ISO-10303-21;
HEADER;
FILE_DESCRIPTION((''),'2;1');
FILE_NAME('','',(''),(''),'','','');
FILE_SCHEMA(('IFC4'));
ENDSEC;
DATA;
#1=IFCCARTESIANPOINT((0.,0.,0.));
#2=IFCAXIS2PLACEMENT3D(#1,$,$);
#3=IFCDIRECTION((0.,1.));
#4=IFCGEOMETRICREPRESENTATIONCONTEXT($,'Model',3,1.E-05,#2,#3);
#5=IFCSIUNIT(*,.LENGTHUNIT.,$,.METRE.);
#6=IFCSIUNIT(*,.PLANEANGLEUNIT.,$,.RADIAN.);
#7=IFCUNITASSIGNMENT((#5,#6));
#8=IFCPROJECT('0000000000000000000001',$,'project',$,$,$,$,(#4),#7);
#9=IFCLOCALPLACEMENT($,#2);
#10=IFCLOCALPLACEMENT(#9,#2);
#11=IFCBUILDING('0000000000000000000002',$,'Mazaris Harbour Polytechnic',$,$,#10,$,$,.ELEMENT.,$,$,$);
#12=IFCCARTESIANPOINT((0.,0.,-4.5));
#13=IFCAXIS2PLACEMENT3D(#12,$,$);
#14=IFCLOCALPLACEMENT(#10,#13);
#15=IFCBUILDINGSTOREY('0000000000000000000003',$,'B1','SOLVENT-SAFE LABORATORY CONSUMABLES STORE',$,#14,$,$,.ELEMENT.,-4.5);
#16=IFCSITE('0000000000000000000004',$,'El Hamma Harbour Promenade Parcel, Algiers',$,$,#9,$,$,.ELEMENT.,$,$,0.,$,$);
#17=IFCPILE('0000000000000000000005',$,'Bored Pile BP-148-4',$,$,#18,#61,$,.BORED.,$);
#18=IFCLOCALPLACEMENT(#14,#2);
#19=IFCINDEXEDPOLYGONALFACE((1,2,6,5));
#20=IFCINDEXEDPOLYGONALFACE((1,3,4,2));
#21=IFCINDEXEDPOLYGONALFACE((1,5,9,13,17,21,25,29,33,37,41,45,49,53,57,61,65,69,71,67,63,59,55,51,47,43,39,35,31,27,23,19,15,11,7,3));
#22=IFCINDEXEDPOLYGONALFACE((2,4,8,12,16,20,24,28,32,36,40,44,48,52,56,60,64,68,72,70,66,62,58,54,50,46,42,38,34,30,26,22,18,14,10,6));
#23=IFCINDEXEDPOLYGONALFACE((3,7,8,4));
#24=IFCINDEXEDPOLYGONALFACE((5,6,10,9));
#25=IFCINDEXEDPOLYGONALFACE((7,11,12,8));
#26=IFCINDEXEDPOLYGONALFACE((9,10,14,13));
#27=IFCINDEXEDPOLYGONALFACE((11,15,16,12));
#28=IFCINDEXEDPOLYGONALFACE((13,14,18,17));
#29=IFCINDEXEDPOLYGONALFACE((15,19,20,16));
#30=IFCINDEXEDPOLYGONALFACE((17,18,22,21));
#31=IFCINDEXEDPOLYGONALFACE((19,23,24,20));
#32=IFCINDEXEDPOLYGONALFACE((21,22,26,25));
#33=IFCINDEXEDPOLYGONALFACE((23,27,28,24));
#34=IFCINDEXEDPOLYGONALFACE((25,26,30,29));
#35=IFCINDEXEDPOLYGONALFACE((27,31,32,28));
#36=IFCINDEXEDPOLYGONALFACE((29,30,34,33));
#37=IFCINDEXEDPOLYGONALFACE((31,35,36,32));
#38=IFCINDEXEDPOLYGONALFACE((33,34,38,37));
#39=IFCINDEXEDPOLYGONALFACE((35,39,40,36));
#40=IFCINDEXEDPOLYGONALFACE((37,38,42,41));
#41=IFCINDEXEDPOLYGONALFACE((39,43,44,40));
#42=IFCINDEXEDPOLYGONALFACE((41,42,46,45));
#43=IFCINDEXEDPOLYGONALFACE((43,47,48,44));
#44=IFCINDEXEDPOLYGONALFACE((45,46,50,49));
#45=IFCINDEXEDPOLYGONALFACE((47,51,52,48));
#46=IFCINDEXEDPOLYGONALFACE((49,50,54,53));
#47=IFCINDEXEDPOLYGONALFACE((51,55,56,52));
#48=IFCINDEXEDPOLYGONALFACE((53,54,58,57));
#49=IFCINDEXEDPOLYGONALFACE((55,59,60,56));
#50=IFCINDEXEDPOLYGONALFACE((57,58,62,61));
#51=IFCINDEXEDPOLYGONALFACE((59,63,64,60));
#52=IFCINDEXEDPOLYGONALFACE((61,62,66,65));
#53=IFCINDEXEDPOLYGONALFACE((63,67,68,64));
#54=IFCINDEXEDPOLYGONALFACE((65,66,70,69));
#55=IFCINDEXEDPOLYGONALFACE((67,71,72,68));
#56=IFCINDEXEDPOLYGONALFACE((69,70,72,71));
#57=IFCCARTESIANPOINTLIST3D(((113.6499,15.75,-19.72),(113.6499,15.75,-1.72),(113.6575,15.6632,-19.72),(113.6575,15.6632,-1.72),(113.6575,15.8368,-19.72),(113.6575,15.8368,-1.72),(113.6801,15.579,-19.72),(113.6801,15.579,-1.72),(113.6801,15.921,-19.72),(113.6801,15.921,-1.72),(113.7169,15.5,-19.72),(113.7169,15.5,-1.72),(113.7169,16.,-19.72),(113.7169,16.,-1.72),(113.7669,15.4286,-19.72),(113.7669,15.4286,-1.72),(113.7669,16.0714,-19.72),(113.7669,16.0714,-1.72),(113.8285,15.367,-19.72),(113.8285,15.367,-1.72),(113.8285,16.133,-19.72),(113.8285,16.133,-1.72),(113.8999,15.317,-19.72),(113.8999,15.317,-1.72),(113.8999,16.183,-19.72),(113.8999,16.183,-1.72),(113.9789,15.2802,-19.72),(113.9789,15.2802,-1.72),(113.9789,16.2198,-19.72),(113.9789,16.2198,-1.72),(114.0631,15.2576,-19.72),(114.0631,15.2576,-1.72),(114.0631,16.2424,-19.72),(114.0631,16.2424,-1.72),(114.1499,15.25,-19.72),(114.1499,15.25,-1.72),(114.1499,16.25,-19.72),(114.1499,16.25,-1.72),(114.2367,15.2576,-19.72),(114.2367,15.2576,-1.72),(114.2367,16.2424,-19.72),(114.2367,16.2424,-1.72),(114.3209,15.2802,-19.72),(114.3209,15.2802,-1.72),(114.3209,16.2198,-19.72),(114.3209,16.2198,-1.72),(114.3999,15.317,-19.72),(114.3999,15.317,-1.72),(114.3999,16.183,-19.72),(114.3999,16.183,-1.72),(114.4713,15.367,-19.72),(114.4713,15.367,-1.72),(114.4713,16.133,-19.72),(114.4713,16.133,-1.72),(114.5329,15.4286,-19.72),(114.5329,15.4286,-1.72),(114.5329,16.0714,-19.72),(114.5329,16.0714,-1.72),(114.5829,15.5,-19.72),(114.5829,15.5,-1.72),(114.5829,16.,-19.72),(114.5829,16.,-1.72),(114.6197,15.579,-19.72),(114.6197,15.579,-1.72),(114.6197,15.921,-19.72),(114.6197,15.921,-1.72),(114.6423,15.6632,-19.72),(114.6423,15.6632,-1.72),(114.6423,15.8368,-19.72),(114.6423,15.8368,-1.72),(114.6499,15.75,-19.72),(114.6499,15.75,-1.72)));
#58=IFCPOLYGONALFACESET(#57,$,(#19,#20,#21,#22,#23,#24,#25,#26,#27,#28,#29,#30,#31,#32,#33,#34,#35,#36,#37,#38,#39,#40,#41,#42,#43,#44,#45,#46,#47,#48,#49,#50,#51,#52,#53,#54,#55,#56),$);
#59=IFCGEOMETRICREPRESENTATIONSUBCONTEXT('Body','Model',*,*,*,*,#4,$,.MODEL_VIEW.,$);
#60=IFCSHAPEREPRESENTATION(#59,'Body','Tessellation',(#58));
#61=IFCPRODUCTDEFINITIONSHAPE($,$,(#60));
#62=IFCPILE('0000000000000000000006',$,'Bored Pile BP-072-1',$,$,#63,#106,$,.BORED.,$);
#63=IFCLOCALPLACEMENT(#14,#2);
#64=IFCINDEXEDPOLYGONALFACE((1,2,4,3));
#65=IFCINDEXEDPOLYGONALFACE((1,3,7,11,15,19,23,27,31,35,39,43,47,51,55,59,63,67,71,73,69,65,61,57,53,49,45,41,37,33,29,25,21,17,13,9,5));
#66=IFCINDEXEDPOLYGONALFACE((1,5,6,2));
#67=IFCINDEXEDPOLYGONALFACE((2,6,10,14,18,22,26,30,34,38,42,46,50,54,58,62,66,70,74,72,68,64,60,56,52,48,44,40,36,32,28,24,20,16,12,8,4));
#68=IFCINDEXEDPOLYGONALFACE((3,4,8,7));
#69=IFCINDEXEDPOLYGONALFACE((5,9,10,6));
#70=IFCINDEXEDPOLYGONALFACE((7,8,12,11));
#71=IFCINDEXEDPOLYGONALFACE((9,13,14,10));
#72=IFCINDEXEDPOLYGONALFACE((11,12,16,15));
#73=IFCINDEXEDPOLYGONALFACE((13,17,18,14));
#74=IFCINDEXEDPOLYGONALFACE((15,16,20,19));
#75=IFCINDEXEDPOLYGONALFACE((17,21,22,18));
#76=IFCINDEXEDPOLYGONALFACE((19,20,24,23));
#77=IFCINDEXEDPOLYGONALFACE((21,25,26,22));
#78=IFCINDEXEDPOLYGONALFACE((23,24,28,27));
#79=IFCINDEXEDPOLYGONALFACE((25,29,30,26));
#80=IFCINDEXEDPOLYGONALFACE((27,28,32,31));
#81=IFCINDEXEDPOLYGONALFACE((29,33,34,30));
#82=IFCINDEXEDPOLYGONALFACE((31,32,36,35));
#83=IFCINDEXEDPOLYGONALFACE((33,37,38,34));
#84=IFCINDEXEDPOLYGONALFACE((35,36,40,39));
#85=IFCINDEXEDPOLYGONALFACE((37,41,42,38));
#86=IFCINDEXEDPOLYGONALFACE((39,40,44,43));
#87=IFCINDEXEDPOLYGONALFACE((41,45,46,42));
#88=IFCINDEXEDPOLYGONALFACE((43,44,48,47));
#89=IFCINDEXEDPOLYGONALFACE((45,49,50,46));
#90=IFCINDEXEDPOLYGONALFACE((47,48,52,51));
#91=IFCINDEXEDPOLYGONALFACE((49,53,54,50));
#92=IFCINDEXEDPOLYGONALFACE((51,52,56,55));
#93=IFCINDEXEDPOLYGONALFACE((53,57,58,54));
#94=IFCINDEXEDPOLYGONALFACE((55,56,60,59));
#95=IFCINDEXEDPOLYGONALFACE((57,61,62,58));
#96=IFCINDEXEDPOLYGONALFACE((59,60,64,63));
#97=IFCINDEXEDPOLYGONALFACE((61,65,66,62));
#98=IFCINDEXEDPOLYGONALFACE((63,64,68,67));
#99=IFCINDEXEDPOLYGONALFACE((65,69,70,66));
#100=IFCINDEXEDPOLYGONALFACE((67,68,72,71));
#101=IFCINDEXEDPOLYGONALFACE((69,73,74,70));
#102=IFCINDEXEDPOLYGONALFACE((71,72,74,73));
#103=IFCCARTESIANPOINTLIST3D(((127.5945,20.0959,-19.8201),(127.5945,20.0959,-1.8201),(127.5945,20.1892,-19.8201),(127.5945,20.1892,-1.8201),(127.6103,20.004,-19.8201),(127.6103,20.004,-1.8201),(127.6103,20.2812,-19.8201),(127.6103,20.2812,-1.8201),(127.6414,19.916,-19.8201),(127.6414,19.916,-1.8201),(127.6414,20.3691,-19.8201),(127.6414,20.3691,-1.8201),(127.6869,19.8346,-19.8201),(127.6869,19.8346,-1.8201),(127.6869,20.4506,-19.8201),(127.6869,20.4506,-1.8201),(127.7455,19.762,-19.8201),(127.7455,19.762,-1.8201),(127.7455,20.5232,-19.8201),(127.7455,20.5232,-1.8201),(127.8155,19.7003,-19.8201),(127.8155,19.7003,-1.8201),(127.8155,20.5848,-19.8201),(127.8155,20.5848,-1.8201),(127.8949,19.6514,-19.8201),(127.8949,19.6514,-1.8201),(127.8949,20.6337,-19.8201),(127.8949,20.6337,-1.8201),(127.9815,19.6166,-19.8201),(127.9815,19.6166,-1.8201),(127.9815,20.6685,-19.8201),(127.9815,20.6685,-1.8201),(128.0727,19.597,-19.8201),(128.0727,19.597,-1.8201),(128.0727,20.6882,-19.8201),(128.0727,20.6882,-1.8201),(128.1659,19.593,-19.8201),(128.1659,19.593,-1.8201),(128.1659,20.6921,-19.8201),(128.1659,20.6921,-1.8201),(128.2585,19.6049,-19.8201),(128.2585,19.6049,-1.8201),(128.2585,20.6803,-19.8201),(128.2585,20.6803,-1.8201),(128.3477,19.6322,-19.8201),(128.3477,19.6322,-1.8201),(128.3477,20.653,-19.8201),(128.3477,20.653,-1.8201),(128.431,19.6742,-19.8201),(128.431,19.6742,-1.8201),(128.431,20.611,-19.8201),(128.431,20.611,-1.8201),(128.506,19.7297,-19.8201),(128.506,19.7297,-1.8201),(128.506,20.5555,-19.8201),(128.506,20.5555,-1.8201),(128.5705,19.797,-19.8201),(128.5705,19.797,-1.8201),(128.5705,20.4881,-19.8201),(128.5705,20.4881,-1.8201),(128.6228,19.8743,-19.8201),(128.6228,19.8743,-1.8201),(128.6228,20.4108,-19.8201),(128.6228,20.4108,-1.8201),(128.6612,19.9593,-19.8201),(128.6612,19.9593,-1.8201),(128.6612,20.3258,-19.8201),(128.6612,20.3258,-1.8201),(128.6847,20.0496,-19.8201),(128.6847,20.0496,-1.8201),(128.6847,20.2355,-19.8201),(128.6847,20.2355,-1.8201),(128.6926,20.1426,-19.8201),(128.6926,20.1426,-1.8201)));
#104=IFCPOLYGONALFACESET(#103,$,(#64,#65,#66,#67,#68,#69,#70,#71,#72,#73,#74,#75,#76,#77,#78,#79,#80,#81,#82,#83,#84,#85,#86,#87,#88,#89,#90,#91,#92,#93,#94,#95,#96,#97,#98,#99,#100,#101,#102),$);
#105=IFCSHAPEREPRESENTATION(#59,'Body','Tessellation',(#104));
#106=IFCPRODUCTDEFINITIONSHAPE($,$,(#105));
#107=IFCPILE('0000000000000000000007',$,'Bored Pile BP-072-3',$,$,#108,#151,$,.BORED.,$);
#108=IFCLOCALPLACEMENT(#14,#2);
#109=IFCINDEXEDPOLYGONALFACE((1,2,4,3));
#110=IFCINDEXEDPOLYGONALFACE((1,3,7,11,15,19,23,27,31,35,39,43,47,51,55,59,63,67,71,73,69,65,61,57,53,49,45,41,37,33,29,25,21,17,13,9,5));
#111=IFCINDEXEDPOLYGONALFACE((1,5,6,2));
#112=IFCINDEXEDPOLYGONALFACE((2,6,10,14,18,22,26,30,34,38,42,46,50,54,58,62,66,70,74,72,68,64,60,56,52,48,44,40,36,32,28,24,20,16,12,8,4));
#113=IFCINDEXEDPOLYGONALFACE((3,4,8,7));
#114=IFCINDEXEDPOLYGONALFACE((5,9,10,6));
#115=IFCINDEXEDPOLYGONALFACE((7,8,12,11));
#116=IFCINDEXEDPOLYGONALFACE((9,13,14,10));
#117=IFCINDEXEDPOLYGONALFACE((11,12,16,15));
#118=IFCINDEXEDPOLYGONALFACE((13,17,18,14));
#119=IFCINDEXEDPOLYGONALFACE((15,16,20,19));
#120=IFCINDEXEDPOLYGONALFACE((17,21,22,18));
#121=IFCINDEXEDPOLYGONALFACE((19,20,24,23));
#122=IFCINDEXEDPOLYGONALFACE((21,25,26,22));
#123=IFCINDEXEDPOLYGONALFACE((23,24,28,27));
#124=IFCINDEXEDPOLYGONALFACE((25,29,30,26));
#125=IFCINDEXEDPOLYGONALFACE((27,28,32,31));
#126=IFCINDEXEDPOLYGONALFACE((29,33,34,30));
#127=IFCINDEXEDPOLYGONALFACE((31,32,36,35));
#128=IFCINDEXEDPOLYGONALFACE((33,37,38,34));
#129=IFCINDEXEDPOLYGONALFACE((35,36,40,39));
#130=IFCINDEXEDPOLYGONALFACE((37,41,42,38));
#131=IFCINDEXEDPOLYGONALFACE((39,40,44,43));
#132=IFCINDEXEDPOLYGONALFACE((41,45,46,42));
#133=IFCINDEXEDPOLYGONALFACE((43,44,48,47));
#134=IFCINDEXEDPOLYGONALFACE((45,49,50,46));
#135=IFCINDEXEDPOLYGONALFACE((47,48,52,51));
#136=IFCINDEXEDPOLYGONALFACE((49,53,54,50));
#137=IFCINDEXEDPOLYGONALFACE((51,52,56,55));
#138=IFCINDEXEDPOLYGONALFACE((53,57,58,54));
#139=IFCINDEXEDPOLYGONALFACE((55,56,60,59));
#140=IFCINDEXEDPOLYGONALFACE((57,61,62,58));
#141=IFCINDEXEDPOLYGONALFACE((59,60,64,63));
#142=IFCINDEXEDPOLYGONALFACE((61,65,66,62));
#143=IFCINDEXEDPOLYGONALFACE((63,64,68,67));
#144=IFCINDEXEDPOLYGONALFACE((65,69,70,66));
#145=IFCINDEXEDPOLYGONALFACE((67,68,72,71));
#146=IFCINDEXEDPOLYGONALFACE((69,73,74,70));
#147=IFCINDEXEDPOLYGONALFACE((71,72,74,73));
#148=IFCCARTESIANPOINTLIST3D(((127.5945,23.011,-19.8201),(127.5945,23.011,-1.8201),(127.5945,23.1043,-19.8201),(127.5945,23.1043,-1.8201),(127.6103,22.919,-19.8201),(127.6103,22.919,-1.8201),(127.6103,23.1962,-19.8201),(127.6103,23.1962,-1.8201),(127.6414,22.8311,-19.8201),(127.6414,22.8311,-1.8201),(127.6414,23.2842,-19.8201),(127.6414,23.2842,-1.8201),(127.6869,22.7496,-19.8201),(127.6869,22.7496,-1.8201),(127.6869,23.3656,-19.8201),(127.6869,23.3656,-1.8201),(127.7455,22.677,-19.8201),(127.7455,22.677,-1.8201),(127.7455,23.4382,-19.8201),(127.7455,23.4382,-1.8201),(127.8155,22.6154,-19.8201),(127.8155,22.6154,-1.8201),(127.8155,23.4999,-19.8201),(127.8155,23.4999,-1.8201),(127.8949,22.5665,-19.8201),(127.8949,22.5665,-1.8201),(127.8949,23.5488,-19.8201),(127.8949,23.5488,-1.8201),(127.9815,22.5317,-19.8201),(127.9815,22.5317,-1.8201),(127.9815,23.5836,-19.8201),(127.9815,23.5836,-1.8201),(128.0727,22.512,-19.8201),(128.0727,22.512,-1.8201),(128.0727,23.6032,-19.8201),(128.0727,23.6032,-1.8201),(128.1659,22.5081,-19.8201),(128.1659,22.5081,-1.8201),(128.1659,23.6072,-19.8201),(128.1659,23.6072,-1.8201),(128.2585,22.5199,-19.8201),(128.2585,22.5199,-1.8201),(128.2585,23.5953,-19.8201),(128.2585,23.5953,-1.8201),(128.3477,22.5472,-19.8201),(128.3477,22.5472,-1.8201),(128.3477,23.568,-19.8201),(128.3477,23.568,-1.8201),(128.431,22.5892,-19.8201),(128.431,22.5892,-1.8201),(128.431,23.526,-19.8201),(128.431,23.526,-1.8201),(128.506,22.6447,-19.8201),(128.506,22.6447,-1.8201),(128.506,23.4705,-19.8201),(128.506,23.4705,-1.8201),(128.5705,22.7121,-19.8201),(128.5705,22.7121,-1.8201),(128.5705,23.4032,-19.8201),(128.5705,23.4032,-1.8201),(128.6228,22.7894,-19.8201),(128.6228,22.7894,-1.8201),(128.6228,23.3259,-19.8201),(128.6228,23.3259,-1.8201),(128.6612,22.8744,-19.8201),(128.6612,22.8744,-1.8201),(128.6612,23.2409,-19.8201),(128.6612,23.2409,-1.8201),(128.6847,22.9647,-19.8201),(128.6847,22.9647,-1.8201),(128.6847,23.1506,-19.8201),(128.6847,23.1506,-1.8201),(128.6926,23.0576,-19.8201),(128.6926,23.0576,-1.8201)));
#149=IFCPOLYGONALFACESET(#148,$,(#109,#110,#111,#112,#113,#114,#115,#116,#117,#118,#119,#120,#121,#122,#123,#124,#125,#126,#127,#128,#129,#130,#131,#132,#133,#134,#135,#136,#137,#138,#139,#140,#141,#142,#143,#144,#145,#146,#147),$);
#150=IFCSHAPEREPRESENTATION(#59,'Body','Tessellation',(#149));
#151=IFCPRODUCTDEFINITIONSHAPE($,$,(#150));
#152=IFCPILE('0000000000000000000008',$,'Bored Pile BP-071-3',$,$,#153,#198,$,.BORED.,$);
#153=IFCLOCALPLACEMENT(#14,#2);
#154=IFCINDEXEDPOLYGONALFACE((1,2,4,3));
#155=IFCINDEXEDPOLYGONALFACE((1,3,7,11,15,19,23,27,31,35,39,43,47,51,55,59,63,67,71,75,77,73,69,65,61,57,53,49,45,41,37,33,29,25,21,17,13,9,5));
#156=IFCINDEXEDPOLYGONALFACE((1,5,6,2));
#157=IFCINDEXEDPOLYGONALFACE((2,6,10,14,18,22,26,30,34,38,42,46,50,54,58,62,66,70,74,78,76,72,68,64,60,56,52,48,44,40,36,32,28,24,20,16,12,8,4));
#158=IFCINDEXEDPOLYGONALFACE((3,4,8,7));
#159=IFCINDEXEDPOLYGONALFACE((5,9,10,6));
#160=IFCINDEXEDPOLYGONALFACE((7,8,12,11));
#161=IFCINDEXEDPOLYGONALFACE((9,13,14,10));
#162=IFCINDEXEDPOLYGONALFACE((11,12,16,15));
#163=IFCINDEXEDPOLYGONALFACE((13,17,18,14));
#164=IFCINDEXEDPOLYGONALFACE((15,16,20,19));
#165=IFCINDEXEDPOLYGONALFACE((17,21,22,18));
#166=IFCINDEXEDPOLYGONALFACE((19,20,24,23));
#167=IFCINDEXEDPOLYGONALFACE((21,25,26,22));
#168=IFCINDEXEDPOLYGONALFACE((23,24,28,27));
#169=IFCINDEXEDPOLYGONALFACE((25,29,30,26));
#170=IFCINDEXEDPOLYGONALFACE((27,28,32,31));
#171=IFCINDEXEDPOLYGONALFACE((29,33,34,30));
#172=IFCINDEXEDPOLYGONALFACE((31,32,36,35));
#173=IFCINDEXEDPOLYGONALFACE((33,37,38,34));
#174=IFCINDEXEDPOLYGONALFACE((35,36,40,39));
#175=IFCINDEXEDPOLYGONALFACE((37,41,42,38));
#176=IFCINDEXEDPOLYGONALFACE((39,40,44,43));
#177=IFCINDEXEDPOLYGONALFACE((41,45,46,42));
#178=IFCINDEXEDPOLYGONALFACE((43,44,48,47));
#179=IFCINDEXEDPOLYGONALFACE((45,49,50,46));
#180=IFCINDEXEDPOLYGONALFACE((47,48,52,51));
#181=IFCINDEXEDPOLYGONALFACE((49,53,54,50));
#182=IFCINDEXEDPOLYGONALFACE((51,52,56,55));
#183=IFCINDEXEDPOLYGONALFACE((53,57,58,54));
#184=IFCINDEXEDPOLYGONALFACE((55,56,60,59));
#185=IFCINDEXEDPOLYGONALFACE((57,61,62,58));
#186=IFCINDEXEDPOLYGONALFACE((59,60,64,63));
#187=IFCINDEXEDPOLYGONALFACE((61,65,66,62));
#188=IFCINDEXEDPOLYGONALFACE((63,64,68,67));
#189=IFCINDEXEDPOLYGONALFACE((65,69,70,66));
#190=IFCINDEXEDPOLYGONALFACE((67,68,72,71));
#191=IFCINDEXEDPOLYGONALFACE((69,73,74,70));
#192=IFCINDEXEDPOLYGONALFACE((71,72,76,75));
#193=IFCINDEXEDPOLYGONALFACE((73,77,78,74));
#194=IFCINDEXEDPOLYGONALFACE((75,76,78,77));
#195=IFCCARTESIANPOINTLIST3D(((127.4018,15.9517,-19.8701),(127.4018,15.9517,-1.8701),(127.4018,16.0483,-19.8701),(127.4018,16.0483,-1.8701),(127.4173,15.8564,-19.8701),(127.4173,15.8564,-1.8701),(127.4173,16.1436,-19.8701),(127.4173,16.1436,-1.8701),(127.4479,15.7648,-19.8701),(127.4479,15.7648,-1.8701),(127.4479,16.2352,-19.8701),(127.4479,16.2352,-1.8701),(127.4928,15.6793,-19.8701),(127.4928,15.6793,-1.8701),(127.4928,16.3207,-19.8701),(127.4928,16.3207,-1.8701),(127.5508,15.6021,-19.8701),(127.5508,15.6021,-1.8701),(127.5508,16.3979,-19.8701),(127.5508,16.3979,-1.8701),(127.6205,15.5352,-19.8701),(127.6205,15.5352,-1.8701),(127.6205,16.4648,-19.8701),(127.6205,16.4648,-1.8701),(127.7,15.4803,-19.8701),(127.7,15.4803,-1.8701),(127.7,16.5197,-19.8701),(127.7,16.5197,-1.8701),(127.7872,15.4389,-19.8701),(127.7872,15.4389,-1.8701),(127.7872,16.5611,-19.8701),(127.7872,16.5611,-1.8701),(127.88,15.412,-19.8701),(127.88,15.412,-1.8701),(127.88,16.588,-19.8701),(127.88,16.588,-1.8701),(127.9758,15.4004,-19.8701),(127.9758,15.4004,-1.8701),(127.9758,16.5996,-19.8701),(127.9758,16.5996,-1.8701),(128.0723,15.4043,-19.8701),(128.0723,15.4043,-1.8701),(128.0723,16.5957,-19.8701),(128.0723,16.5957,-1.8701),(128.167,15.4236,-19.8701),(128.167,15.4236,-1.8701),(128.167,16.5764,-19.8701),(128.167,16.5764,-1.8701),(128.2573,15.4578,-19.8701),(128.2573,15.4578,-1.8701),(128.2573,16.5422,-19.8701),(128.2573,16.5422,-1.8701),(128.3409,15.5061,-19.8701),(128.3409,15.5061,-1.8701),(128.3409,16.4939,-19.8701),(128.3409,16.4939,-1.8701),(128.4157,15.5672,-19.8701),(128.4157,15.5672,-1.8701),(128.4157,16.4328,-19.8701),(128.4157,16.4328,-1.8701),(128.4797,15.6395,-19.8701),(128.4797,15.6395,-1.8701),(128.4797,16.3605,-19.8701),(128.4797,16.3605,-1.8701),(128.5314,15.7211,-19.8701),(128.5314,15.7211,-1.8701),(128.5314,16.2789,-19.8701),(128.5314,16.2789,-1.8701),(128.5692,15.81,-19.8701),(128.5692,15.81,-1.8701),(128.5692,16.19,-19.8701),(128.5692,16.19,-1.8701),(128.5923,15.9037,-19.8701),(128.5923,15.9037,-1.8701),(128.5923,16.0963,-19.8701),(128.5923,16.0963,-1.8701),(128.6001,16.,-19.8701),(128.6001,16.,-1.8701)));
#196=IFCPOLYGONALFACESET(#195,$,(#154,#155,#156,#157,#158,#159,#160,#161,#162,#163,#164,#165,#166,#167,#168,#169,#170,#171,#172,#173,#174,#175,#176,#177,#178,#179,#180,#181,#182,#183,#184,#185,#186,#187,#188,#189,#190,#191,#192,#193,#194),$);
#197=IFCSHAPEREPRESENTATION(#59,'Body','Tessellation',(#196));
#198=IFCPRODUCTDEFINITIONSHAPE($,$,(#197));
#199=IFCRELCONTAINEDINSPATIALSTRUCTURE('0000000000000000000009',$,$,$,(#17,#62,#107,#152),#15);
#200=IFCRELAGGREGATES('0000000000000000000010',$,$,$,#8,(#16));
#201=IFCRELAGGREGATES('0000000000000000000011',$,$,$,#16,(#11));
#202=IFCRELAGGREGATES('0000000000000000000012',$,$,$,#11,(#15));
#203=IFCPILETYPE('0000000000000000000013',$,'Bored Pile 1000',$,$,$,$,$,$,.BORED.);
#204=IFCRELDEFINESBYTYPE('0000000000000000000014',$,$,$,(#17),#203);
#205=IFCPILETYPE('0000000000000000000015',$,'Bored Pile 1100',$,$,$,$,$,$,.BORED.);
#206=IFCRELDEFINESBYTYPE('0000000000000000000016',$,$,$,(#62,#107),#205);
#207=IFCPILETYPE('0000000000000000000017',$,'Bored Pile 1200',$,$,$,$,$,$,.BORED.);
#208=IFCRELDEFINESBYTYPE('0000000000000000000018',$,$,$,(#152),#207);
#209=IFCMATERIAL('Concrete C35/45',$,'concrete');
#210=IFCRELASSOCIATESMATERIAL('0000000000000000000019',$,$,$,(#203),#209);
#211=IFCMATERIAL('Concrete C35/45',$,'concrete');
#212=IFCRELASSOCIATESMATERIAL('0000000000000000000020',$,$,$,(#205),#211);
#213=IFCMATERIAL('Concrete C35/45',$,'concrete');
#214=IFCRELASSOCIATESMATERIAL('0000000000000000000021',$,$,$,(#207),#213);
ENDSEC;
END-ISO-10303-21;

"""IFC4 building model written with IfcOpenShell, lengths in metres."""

from ifc_helpers import new_model, si_unit, direction, frame, origin, origin_2d, place, context, subcontext, project, spatial, circle, extrude, material, material_profile, profile_set, type_object, element, save


model = new_model("IFC4")

# Units and contexts
model_context = context("Model", 3, precision=1e-05, world=origin(), true_north=direction((0.0, 1.0)))
body_context = subcontext(model_context, "Body", "Model", "MODEL_VIEW")
ifc_project = project(units=[si_unit("LENGTHUNIT", "METRE"), si_unit("PLANEANGLEUNIT", "RADIAN")], contexts=[model_context])

# Site, building, storey
site_placement = place(None, origin())
site = spatial("IfcSite", under=ifc_project, at=site_placement, Name="El Hamma Harbour Promenade Parcel, Algiers", CompositionType="ELEMENT", RefElevation=0.0)
building_placement = place(site_placement, origin())
building = spatial("IfcBuilding", under=site, at=building_placement, Name="Mazaris Harbour Polytechnic", CompositionType="ELEMENT")
storey_placement = place(building_placement, frame((0.0, 0.0, -4.5)))
storey = spatial("IfcBuildingStorey", under=building, at=storey_placement, Name="B1", Description="SOLVENT-SAFE LABORATORY CONSUMABLES STORE", CompositionType="ELEMENT", Elevation=-4.5)

# Piles
ifc_material_1 = material(Name="Concrete C35/45", Category="concrete")
ifc_material_profile_1 = material_profile(ifc_material_1, circle(Radius=0.5, at=origin_2d()), Name="DIA1000")
ifc_profile_set_1 = profile_set([ifc_material_profile_1], Name="Concrete C35/45")
pile_type_1 = type_object("IfcPileType", Name="Bored Pile 1000", PredefinedType="BORED", material=ifc_profile_set_1)
pile_1_placement = place(storey_placement, frame((114.1499, 15.75, -1.72), z_axis=(0.0, 0.0, -1.0), x_axis=(1.0, 0.0, 0.0)))
element("IfcPile", 1, at=pile_1_placement, inside=storey, type_object=pile_type_1, Name="Bored Pile BP-148-4", PredefinedType="BORED", context=body_context, shape_type="SweptSolid", body=[
    extrude(circle(Radius=0.5, at=origin_2d()), origin(), (0.0, 0.0, 1.0), 18.0),
])
ifc_material_2 = material(Name="Concrete C35/45", Category="concrete")
ifc_material_profile_2 = material_profile(ifc_material_2, circle(Radius=0.55, at=origin_2d()), Name="DIA1100")
ifc_profile_set_2 = profile_set([ifc_material_profile_2], Name="Concrete C35/45")
pile_type_2 = type_object("IfcPileType", Name="Bored Pile 1100", PredefinedType="BORED", material=ifc_profile_set_2)
for number, where, z_axis, x_axis, name in (
    (2, (128.1426, 20.1426, -1.8201), (0.0, 0.0, -1.0), (1.0, 0.0, 0.0), "Bored Pile BP-072-1"),
    (3, (128.1426, 23.0576, -1.8201), (0.0, 0.0, -1.0), (1.0, 0.0, 0.0), "Bored Pile BP-072-3"),
):
    element("IfcPile", number, at=place(storey_placement, frame(where, z_axis=z_axis, x_axis=x_axis)), inside=storey, type_object=pile_type_2, Name=name, PredefinedType="BORED", context=body_context, shape_type="SweptSolid", body=[
        extrude(circle(Radius=0.55, at=origin_2d()), origin(), (0.0, 0.0, 1.0), 18.0),
    ])
ifc_material_3 = material(Name="Concrete C35/45", Category="concrete")
ifc_material_profile_3 = material_profile(ifc_material_3, circle(Radius=0.6001, at=origin_2d()), Name="DIA1200")
ifc_profile_set_3 = profile_set([ifc_material_profile_3], Name="Concrete C35/45")
pile_type_3 = type_object("IfcPileType", Name="Bored Pile 1200", PredefinedType="BORED", material=ifc_profile_set_3)
pile_2_placement = place(storey_placement, frame((128.0, 16.0, -1.8701), z_axis=(0.0, 0.0, -1.0), x_axis=(1.0, 0.0, 0.0)))
element("IfcPile", 4, at=pile_2_placement, inside=storey, type_object=pile_type_3, Name="Bored Pile BP-071-3", PredefinedType="BORED", context=body_context, shape_type="SweptSolid", body=[
    extrude(circle(Radius=0.6001, at=origin_2d()), origin(), (0.0, 0.0, 1.0), 18.0),
])

save(model, "model.ifc")
